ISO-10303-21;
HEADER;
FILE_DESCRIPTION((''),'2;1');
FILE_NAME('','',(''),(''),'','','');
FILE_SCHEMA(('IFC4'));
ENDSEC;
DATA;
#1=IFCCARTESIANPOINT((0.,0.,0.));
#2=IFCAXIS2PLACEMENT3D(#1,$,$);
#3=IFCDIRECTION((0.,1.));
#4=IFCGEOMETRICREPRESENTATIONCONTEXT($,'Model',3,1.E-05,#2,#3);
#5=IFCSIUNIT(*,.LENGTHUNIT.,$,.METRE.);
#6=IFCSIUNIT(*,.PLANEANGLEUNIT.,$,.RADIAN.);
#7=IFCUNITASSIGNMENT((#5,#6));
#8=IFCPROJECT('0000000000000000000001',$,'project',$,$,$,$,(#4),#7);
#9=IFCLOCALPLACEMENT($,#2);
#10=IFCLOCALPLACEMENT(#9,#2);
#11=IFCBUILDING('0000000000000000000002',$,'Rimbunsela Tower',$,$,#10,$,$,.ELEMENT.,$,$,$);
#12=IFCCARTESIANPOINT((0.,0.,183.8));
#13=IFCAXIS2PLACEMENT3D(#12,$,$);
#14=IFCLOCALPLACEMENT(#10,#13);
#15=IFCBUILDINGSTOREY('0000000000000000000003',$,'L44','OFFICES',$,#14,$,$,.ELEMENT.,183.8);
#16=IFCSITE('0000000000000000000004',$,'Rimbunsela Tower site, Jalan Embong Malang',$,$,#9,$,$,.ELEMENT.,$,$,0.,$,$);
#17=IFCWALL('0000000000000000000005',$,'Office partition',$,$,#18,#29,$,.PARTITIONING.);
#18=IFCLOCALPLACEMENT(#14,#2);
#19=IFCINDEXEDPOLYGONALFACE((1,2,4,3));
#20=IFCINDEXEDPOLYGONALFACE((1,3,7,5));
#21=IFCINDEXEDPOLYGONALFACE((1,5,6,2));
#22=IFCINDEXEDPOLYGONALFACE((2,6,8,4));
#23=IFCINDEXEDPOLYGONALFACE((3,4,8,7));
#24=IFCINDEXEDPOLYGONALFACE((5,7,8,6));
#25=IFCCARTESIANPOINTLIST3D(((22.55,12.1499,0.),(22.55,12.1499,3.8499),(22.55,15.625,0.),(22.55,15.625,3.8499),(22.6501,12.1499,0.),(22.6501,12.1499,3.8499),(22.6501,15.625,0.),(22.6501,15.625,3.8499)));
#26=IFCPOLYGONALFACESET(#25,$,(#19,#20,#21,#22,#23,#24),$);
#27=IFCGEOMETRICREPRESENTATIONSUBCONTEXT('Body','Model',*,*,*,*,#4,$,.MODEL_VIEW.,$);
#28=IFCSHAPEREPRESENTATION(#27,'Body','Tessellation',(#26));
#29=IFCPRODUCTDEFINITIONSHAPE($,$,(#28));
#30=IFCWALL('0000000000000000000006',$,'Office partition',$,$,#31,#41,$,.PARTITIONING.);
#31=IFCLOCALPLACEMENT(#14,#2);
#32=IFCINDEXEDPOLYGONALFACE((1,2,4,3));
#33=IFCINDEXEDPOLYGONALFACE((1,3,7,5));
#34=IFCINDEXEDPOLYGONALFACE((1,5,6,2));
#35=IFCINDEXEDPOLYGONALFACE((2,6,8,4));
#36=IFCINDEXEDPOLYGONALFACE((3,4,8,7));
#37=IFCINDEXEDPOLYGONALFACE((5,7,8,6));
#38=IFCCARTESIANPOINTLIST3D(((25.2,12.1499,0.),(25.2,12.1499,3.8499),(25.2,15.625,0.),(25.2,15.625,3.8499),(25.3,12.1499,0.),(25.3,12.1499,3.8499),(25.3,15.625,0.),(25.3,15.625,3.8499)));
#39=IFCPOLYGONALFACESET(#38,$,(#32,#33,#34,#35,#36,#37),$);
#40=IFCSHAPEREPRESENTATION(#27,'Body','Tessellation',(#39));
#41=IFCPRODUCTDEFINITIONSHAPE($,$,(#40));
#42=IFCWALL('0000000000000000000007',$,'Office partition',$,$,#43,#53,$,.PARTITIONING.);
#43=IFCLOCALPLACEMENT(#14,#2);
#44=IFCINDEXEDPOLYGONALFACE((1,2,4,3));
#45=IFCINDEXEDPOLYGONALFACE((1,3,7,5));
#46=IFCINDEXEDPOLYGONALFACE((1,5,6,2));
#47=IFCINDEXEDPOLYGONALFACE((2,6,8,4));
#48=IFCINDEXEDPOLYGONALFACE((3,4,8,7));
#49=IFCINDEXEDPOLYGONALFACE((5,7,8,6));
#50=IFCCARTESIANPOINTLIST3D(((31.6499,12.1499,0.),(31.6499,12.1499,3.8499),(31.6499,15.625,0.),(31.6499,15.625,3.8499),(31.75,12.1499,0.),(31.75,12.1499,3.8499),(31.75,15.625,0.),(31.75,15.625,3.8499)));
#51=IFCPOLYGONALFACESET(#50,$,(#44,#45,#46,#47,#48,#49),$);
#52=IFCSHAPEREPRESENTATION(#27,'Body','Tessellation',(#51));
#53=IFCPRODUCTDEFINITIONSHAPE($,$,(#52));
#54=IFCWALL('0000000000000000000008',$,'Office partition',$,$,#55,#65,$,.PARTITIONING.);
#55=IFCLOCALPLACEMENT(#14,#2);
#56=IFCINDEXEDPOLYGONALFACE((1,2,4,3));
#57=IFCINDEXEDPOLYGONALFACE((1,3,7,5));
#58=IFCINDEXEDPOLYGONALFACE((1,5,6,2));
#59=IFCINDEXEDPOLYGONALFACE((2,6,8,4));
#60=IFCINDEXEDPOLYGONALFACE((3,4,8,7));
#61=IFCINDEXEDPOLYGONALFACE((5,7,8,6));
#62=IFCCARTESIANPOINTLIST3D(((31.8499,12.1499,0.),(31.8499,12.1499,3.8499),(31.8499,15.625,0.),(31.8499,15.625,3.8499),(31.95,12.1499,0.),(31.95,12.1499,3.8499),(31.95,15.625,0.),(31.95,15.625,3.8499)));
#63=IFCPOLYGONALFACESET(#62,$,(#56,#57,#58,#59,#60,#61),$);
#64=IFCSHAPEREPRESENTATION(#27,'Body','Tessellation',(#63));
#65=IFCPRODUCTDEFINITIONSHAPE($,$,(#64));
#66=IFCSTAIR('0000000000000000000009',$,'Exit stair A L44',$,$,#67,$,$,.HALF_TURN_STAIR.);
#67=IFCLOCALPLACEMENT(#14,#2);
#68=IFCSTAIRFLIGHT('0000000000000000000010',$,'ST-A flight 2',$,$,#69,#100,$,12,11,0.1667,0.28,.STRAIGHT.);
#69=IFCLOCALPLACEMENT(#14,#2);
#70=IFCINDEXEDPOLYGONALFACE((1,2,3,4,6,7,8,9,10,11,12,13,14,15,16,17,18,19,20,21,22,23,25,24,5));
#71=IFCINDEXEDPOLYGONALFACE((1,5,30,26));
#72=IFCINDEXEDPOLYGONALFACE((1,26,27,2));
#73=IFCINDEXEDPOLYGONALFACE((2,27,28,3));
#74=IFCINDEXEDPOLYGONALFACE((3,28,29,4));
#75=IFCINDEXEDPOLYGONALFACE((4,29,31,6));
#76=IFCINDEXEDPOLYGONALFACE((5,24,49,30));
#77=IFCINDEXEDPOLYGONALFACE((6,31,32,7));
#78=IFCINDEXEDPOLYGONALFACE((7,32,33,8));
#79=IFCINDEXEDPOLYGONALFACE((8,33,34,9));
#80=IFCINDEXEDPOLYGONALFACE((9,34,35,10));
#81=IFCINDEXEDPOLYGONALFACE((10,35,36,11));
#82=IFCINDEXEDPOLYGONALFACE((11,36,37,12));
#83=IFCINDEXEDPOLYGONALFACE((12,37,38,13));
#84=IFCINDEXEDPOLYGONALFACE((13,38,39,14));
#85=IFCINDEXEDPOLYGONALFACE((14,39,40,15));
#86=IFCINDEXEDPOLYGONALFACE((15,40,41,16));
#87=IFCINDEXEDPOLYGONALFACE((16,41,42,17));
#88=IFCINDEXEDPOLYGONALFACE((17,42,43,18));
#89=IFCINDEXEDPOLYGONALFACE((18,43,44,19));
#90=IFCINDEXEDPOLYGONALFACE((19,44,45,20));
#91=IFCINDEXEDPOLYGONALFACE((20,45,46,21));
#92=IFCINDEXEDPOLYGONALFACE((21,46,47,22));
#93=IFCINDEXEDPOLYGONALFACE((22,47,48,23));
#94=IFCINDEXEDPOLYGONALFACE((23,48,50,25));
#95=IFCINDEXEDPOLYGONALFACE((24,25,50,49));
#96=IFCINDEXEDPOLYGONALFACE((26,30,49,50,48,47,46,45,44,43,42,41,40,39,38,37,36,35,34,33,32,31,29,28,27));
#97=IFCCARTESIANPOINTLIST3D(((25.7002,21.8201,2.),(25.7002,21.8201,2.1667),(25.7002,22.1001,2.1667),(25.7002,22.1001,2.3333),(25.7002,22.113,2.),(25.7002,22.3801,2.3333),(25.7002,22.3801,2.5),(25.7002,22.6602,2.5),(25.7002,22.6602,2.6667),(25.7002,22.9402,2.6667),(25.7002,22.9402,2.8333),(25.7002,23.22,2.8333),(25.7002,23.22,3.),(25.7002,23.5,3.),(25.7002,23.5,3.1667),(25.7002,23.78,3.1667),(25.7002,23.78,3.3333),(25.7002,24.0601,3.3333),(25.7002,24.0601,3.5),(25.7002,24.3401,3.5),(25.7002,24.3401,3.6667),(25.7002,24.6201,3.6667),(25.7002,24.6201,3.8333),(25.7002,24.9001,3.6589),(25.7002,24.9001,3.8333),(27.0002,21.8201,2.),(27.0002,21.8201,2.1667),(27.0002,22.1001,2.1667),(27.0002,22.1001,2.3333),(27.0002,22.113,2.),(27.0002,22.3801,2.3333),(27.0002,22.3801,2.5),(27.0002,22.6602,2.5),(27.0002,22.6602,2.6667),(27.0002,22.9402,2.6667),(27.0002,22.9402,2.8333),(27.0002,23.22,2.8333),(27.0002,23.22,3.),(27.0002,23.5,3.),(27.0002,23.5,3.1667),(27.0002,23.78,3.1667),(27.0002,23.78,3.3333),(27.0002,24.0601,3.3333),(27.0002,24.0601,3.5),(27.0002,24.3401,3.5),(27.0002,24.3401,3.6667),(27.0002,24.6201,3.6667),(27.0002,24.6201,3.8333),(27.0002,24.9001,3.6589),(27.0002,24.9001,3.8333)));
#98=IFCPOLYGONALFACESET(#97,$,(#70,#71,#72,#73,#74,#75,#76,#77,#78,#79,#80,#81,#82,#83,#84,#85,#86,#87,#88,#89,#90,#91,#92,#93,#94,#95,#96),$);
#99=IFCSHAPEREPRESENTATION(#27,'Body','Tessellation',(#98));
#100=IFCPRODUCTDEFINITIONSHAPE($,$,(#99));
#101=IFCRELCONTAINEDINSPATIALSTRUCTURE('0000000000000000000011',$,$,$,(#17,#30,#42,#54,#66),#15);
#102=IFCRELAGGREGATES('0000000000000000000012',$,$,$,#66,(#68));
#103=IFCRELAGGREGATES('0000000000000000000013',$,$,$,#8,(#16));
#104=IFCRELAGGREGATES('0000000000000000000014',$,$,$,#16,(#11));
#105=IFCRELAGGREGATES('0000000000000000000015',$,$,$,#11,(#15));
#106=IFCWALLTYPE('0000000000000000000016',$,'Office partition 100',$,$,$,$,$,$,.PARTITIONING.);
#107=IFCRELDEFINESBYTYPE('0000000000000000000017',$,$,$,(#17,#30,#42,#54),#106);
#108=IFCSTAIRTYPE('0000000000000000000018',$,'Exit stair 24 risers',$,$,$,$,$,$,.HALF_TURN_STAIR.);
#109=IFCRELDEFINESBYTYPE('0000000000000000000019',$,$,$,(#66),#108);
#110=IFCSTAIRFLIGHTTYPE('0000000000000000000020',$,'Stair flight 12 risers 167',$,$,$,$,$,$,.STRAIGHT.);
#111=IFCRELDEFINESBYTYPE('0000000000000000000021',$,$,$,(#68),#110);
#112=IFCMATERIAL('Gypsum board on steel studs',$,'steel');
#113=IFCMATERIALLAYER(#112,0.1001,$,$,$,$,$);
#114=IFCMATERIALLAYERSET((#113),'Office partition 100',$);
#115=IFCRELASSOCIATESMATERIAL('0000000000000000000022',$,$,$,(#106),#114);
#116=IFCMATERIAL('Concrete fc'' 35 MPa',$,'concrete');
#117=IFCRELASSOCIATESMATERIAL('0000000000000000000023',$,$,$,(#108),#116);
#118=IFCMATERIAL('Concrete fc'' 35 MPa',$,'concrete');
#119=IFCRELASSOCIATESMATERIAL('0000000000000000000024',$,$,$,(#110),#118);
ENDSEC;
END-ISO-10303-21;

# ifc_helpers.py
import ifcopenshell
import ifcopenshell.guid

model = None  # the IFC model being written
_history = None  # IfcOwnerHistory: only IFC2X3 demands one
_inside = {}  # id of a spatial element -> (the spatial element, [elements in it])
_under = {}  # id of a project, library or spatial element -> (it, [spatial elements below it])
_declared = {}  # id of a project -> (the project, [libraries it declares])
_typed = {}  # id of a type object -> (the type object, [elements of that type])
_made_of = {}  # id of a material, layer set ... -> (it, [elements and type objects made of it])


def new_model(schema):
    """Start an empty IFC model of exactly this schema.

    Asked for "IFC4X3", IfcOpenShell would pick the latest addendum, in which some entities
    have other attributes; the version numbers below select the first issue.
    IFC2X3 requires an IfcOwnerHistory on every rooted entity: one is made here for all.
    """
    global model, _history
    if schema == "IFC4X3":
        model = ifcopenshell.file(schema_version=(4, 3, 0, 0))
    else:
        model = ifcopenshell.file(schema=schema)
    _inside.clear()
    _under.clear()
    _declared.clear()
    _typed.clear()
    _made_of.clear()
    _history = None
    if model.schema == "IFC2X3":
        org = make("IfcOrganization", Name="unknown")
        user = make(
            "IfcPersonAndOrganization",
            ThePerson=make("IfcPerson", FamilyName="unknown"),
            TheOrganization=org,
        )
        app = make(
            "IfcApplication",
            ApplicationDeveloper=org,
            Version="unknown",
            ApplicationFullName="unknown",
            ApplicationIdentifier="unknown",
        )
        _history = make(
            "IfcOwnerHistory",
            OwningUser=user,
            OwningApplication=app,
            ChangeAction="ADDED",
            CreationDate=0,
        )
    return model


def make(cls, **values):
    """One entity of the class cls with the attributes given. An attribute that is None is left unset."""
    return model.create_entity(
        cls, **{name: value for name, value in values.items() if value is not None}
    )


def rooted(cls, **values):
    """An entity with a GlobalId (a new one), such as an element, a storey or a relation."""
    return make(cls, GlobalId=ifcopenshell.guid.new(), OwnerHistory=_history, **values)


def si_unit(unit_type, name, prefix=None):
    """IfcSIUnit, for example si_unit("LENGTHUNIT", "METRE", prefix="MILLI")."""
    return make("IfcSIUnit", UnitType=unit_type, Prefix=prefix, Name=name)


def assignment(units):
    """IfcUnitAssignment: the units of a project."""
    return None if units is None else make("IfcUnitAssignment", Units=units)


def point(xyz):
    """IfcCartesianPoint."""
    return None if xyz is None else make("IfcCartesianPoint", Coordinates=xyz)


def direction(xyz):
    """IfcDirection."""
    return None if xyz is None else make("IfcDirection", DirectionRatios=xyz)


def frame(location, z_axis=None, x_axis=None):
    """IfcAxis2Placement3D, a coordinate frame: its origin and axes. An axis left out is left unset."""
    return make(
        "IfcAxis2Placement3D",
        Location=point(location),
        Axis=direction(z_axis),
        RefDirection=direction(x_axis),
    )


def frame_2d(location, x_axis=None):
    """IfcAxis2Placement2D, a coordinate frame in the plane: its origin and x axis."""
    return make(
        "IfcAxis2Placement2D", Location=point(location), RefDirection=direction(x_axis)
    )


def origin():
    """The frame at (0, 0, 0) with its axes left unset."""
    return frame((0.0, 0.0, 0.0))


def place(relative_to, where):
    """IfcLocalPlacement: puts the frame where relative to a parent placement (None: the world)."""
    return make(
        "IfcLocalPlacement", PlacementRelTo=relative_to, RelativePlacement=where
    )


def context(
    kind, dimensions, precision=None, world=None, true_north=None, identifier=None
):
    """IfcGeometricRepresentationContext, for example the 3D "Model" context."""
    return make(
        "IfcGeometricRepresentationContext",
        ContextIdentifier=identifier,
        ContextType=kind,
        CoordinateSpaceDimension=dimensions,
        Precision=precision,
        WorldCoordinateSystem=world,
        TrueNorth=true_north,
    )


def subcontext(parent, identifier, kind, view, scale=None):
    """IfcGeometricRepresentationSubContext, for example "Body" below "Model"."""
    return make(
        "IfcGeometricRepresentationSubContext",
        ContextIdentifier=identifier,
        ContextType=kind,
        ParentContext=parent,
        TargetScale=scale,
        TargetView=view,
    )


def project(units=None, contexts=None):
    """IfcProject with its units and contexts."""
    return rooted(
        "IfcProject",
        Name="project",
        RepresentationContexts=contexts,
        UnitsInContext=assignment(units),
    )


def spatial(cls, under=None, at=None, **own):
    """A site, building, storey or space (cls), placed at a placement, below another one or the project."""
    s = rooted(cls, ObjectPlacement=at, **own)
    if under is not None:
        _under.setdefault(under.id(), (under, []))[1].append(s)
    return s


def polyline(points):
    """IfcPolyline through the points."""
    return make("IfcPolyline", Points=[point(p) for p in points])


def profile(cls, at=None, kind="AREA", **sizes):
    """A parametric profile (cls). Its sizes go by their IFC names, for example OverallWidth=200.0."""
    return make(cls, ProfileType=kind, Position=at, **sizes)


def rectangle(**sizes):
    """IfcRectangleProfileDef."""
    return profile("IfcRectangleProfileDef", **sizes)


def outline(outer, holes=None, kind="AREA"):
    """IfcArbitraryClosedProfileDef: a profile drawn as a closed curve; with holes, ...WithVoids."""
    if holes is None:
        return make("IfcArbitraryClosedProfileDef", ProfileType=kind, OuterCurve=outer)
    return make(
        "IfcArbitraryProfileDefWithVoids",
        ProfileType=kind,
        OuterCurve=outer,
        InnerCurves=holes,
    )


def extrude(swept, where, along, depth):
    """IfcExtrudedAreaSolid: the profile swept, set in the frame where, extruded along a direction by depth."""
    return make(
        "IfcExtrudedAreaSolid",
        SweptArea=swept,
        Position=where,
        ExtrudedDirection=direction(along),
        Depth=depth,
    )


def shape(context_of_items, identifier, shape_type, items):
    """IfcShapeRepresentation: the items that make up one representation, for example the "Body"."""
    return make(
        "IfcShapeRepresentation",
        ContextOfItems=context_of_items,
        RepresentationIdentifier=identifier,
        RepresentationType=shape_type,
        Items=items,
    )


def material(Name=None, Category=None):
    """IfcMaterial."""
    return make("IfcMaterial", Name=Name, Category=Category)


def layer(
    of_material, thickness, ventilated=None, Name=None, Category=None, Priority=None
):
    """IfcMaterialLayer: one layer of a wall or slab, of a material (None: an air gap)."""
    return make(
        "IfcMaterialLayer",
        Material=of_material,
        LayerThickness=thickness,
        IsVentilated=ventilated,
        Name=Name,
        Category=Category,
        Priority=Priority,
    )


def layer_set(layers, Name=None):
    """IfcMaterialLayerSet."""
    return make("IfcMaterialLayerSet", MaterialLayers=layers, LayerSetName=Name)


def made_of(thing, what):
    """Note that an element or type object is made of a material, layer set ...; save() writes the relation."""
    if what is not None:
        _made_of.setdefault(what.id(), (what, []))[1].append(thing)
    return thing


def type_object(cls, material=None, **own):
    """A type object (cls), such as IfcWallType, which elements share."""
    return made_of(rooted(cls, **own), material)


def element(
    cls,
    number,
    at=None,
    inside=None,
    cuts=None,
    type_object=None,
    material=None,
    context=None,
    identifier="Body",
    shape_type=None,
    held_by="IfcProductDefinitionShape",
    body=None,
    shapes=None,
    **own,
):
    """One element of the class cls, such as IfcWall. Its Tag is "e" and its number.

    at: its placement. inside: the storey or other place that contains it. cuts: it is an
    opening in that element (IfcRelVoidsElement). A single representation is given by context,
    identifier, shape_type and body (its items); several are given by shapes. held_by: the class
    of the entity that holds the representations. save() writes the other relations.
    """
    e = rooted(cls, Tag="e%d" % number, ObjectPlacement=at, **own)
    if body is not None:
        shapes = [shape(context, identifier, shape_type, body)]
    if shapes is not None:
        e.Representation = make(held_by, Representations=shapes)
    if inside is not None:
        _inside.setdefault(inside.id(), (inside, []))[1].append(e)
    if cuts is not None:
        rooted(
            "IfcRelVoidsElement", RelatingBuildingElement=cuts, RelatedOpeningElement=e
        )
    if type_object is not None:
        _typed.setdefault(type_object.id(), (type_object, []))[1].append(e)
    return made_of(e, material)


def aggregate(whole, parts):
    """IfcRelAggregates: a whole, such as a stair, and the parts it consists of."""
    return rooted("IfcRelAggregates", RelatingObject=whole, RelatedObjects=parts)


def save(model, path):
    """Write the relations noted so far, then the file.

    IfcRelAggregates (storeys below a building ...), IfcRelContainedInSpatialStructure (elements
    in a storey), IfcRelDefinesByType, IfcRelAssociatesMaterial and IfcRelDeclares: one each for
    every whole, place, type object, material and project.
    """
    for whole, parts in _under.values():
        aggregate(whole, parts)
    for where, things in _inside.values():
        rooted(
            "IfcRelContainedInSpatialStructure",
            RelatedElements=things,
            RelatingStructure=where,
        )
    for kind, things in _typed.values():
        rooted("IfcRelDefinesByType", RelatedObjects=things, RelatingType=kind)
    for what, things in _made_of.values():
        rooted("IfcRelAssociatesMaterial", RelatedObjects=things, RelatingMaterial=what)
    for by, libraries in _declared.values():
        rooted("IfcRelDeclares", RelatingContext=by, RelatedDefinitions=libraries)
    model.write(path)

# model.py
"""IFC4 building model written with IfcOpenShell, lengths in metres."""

from ifc_helpers import new_model, si_unit, direction, frame, frame_2d, origin, place, context, subcontext, project, spatial, polyline, rectangle, outline, extrude, material, layer, layer_set, type_object, element, aggregate, save


model = new_model("IFC4")

# Units and contexts
model_context = context("Model", 3, precision=1e-05, world=origin(), true_north=direction((0.0, 1.0)))
body_context = subcontext(model_context, "Body", "Model", "MODEL_VIEW")
ifc_project = project(units=[si_unit("LENGTHUNIT", "METRE"), si_unit("PLANEANGLEUNIT", "RADIAN")], contexts=[model_context])

# Site, building, storey
site_placement = place(None, origin())
site = spatial("IfcSite", under=ifc_project, at=site_placement, Name="Rimbunsela Tower site, Jalan Embong Malang", CompositionType="ELEMENT", RefElevation=0.0)
building_placement = place(site_placement, origin())
building = spatial("IfcBuilding", under=site, at=building_placement, Name="Rimbunsela Tower", CompositionType="ELEMENT")
storey_placement = place(building_placement, frame((0.0, 0.0, 183.8)))
storey = spatial("IfcBuildingStorey", under=building, at=storey_placement, Name="L44", Description="OFFICES", CompositionType="ELEMENT", Elevation=183.8)

# Shared definitions
ifc_material_1 = material(Name="Gypsum board on steel studs", Category="steel")
ifc_layer_1 = layer(ifc_material_1, 0.1001)
ifc_layer_set_1 = layer_set([ifc_layer_1], Name="Office partition 100")
wall_type_1 = type_object("IfcWallType", Name="Office partition 100", PredefinedType="PARTITIONING", material=ifc_layer_set_1)

# Walls
for number, where, z_axis, x_axis, name in (
    (1, (22.6001, 12.1499, 0.0), (0.0, 0.0, 1.0), (0.0, 1.0, 0.0), "Office partition"),
    (2, (25.25, 12.1499, 0.0), (0.0, 0.0, 1.0), (0.0, 1.0, 0.0), "Office partition"),
    (3, (31.7, 12.1499, 0.0), (0.0, 0.0, 1.0), (0.0, 1.0, 0.0), "Office partition"),
    (4, (31.8999, 12.1499, 0.0), (0.0, 0.0, 1.0), (0.0, 1.0, 0.0), "Office partition"),
):
    element("IfcWall", number, at=place(storey_placement, frame(where, z_axis=z_axis, x_axis=x_axis)), inside=storey, type_object=wall_type_1, Name=name, PredefinedType="PARTITIONING", context=body_context, shape_type="SweptSolid", body=[
        extrude(rectangle(XDim=3.4751, YDim=0.1001, at=frame_2d((1.7375, 0.0))), origin(), (0.0, 0.0, 1.0), 3.8499),
    ])

# Stair, stair flight
ifc_material_2 = material(Name="Concrete fc' 35 MPa", Category="concrete")
stair_type = type_object("IfcStairType", Name="Exit stair 24 risers", PredefinedType="HALF_TURN_STAIR", material=ifc_material_2)
stair_placement = place(storey_placement, origin())
stair = element("IfcStair", 5, at=stair_placement, inside=storey, type_object=stair_type, Name="Exit stair A L44", PredefinedType="HALF_TURN_STAIR")
ifc_material_3 = material(Name="Concrete fc' 35 MPa", Category="concrete")
stair_flight_type = type_object("IfcStairFlightType", Name="Stair flight 12 risers 167", PredefinedType="STRAIGHT", material=ifc_material_3)
stair_flight_placement = place(storey_placement, frame((26.3501, 21.8201, 2.0), z_axis=(0.0, 0.0, 1.0), x_axis=(0.0, 1.0, 0.0)))
stair_flight = element("IfcStairFlight", 6, at=stair_flight_placement, type_object=stair_flight_type, Name="ST-A flight 2", NumberOfRisers=12, NumberOfTreads=11, PredefinedType="STRAIGHT", RiserHeight=0.1667, TreadLength=0.28, context=body_context, shape_type="SweptSolid", body=[
    extrude(outline(polyline([(0.0, 0.0), (0.0, 0.1667), (0.28, 0.1667), (0.28, 0.3333), (0.5601, 0.3333), (0.5601, 0.5), (0.8401, 0.5), (0.8401, 0.6667), (1.1201, 0.6667), (1.1201, 0.8333), (1.3999, 0.8333), (1.3999, 1.0), (1.6799, 1.0), (1.6799, 1.1667), (1.96, 1.1667), (1.96, 1.3333), (2.24, 1.3333), (2.24, 1.5), (2.52, 1.5), (2.52, 1.6667), (2.8, 1.6667), (2.8, 1.8333), (3.0801, 1.8333), (3.0801, 2.0), (3.0801, 1.6589), (0.293, 0.0), (0.0, 0.0)])), frame((0.0, 0.6499, 0.0), z_axis=(0.0, -1.0, 0.0), x_axis=(1.0, 0.0, 0.0)), (0.0, 0.0, 1.0), 1.3),
])
aggregate(stair, [stair_flight])

save(model, "model.ifc")
